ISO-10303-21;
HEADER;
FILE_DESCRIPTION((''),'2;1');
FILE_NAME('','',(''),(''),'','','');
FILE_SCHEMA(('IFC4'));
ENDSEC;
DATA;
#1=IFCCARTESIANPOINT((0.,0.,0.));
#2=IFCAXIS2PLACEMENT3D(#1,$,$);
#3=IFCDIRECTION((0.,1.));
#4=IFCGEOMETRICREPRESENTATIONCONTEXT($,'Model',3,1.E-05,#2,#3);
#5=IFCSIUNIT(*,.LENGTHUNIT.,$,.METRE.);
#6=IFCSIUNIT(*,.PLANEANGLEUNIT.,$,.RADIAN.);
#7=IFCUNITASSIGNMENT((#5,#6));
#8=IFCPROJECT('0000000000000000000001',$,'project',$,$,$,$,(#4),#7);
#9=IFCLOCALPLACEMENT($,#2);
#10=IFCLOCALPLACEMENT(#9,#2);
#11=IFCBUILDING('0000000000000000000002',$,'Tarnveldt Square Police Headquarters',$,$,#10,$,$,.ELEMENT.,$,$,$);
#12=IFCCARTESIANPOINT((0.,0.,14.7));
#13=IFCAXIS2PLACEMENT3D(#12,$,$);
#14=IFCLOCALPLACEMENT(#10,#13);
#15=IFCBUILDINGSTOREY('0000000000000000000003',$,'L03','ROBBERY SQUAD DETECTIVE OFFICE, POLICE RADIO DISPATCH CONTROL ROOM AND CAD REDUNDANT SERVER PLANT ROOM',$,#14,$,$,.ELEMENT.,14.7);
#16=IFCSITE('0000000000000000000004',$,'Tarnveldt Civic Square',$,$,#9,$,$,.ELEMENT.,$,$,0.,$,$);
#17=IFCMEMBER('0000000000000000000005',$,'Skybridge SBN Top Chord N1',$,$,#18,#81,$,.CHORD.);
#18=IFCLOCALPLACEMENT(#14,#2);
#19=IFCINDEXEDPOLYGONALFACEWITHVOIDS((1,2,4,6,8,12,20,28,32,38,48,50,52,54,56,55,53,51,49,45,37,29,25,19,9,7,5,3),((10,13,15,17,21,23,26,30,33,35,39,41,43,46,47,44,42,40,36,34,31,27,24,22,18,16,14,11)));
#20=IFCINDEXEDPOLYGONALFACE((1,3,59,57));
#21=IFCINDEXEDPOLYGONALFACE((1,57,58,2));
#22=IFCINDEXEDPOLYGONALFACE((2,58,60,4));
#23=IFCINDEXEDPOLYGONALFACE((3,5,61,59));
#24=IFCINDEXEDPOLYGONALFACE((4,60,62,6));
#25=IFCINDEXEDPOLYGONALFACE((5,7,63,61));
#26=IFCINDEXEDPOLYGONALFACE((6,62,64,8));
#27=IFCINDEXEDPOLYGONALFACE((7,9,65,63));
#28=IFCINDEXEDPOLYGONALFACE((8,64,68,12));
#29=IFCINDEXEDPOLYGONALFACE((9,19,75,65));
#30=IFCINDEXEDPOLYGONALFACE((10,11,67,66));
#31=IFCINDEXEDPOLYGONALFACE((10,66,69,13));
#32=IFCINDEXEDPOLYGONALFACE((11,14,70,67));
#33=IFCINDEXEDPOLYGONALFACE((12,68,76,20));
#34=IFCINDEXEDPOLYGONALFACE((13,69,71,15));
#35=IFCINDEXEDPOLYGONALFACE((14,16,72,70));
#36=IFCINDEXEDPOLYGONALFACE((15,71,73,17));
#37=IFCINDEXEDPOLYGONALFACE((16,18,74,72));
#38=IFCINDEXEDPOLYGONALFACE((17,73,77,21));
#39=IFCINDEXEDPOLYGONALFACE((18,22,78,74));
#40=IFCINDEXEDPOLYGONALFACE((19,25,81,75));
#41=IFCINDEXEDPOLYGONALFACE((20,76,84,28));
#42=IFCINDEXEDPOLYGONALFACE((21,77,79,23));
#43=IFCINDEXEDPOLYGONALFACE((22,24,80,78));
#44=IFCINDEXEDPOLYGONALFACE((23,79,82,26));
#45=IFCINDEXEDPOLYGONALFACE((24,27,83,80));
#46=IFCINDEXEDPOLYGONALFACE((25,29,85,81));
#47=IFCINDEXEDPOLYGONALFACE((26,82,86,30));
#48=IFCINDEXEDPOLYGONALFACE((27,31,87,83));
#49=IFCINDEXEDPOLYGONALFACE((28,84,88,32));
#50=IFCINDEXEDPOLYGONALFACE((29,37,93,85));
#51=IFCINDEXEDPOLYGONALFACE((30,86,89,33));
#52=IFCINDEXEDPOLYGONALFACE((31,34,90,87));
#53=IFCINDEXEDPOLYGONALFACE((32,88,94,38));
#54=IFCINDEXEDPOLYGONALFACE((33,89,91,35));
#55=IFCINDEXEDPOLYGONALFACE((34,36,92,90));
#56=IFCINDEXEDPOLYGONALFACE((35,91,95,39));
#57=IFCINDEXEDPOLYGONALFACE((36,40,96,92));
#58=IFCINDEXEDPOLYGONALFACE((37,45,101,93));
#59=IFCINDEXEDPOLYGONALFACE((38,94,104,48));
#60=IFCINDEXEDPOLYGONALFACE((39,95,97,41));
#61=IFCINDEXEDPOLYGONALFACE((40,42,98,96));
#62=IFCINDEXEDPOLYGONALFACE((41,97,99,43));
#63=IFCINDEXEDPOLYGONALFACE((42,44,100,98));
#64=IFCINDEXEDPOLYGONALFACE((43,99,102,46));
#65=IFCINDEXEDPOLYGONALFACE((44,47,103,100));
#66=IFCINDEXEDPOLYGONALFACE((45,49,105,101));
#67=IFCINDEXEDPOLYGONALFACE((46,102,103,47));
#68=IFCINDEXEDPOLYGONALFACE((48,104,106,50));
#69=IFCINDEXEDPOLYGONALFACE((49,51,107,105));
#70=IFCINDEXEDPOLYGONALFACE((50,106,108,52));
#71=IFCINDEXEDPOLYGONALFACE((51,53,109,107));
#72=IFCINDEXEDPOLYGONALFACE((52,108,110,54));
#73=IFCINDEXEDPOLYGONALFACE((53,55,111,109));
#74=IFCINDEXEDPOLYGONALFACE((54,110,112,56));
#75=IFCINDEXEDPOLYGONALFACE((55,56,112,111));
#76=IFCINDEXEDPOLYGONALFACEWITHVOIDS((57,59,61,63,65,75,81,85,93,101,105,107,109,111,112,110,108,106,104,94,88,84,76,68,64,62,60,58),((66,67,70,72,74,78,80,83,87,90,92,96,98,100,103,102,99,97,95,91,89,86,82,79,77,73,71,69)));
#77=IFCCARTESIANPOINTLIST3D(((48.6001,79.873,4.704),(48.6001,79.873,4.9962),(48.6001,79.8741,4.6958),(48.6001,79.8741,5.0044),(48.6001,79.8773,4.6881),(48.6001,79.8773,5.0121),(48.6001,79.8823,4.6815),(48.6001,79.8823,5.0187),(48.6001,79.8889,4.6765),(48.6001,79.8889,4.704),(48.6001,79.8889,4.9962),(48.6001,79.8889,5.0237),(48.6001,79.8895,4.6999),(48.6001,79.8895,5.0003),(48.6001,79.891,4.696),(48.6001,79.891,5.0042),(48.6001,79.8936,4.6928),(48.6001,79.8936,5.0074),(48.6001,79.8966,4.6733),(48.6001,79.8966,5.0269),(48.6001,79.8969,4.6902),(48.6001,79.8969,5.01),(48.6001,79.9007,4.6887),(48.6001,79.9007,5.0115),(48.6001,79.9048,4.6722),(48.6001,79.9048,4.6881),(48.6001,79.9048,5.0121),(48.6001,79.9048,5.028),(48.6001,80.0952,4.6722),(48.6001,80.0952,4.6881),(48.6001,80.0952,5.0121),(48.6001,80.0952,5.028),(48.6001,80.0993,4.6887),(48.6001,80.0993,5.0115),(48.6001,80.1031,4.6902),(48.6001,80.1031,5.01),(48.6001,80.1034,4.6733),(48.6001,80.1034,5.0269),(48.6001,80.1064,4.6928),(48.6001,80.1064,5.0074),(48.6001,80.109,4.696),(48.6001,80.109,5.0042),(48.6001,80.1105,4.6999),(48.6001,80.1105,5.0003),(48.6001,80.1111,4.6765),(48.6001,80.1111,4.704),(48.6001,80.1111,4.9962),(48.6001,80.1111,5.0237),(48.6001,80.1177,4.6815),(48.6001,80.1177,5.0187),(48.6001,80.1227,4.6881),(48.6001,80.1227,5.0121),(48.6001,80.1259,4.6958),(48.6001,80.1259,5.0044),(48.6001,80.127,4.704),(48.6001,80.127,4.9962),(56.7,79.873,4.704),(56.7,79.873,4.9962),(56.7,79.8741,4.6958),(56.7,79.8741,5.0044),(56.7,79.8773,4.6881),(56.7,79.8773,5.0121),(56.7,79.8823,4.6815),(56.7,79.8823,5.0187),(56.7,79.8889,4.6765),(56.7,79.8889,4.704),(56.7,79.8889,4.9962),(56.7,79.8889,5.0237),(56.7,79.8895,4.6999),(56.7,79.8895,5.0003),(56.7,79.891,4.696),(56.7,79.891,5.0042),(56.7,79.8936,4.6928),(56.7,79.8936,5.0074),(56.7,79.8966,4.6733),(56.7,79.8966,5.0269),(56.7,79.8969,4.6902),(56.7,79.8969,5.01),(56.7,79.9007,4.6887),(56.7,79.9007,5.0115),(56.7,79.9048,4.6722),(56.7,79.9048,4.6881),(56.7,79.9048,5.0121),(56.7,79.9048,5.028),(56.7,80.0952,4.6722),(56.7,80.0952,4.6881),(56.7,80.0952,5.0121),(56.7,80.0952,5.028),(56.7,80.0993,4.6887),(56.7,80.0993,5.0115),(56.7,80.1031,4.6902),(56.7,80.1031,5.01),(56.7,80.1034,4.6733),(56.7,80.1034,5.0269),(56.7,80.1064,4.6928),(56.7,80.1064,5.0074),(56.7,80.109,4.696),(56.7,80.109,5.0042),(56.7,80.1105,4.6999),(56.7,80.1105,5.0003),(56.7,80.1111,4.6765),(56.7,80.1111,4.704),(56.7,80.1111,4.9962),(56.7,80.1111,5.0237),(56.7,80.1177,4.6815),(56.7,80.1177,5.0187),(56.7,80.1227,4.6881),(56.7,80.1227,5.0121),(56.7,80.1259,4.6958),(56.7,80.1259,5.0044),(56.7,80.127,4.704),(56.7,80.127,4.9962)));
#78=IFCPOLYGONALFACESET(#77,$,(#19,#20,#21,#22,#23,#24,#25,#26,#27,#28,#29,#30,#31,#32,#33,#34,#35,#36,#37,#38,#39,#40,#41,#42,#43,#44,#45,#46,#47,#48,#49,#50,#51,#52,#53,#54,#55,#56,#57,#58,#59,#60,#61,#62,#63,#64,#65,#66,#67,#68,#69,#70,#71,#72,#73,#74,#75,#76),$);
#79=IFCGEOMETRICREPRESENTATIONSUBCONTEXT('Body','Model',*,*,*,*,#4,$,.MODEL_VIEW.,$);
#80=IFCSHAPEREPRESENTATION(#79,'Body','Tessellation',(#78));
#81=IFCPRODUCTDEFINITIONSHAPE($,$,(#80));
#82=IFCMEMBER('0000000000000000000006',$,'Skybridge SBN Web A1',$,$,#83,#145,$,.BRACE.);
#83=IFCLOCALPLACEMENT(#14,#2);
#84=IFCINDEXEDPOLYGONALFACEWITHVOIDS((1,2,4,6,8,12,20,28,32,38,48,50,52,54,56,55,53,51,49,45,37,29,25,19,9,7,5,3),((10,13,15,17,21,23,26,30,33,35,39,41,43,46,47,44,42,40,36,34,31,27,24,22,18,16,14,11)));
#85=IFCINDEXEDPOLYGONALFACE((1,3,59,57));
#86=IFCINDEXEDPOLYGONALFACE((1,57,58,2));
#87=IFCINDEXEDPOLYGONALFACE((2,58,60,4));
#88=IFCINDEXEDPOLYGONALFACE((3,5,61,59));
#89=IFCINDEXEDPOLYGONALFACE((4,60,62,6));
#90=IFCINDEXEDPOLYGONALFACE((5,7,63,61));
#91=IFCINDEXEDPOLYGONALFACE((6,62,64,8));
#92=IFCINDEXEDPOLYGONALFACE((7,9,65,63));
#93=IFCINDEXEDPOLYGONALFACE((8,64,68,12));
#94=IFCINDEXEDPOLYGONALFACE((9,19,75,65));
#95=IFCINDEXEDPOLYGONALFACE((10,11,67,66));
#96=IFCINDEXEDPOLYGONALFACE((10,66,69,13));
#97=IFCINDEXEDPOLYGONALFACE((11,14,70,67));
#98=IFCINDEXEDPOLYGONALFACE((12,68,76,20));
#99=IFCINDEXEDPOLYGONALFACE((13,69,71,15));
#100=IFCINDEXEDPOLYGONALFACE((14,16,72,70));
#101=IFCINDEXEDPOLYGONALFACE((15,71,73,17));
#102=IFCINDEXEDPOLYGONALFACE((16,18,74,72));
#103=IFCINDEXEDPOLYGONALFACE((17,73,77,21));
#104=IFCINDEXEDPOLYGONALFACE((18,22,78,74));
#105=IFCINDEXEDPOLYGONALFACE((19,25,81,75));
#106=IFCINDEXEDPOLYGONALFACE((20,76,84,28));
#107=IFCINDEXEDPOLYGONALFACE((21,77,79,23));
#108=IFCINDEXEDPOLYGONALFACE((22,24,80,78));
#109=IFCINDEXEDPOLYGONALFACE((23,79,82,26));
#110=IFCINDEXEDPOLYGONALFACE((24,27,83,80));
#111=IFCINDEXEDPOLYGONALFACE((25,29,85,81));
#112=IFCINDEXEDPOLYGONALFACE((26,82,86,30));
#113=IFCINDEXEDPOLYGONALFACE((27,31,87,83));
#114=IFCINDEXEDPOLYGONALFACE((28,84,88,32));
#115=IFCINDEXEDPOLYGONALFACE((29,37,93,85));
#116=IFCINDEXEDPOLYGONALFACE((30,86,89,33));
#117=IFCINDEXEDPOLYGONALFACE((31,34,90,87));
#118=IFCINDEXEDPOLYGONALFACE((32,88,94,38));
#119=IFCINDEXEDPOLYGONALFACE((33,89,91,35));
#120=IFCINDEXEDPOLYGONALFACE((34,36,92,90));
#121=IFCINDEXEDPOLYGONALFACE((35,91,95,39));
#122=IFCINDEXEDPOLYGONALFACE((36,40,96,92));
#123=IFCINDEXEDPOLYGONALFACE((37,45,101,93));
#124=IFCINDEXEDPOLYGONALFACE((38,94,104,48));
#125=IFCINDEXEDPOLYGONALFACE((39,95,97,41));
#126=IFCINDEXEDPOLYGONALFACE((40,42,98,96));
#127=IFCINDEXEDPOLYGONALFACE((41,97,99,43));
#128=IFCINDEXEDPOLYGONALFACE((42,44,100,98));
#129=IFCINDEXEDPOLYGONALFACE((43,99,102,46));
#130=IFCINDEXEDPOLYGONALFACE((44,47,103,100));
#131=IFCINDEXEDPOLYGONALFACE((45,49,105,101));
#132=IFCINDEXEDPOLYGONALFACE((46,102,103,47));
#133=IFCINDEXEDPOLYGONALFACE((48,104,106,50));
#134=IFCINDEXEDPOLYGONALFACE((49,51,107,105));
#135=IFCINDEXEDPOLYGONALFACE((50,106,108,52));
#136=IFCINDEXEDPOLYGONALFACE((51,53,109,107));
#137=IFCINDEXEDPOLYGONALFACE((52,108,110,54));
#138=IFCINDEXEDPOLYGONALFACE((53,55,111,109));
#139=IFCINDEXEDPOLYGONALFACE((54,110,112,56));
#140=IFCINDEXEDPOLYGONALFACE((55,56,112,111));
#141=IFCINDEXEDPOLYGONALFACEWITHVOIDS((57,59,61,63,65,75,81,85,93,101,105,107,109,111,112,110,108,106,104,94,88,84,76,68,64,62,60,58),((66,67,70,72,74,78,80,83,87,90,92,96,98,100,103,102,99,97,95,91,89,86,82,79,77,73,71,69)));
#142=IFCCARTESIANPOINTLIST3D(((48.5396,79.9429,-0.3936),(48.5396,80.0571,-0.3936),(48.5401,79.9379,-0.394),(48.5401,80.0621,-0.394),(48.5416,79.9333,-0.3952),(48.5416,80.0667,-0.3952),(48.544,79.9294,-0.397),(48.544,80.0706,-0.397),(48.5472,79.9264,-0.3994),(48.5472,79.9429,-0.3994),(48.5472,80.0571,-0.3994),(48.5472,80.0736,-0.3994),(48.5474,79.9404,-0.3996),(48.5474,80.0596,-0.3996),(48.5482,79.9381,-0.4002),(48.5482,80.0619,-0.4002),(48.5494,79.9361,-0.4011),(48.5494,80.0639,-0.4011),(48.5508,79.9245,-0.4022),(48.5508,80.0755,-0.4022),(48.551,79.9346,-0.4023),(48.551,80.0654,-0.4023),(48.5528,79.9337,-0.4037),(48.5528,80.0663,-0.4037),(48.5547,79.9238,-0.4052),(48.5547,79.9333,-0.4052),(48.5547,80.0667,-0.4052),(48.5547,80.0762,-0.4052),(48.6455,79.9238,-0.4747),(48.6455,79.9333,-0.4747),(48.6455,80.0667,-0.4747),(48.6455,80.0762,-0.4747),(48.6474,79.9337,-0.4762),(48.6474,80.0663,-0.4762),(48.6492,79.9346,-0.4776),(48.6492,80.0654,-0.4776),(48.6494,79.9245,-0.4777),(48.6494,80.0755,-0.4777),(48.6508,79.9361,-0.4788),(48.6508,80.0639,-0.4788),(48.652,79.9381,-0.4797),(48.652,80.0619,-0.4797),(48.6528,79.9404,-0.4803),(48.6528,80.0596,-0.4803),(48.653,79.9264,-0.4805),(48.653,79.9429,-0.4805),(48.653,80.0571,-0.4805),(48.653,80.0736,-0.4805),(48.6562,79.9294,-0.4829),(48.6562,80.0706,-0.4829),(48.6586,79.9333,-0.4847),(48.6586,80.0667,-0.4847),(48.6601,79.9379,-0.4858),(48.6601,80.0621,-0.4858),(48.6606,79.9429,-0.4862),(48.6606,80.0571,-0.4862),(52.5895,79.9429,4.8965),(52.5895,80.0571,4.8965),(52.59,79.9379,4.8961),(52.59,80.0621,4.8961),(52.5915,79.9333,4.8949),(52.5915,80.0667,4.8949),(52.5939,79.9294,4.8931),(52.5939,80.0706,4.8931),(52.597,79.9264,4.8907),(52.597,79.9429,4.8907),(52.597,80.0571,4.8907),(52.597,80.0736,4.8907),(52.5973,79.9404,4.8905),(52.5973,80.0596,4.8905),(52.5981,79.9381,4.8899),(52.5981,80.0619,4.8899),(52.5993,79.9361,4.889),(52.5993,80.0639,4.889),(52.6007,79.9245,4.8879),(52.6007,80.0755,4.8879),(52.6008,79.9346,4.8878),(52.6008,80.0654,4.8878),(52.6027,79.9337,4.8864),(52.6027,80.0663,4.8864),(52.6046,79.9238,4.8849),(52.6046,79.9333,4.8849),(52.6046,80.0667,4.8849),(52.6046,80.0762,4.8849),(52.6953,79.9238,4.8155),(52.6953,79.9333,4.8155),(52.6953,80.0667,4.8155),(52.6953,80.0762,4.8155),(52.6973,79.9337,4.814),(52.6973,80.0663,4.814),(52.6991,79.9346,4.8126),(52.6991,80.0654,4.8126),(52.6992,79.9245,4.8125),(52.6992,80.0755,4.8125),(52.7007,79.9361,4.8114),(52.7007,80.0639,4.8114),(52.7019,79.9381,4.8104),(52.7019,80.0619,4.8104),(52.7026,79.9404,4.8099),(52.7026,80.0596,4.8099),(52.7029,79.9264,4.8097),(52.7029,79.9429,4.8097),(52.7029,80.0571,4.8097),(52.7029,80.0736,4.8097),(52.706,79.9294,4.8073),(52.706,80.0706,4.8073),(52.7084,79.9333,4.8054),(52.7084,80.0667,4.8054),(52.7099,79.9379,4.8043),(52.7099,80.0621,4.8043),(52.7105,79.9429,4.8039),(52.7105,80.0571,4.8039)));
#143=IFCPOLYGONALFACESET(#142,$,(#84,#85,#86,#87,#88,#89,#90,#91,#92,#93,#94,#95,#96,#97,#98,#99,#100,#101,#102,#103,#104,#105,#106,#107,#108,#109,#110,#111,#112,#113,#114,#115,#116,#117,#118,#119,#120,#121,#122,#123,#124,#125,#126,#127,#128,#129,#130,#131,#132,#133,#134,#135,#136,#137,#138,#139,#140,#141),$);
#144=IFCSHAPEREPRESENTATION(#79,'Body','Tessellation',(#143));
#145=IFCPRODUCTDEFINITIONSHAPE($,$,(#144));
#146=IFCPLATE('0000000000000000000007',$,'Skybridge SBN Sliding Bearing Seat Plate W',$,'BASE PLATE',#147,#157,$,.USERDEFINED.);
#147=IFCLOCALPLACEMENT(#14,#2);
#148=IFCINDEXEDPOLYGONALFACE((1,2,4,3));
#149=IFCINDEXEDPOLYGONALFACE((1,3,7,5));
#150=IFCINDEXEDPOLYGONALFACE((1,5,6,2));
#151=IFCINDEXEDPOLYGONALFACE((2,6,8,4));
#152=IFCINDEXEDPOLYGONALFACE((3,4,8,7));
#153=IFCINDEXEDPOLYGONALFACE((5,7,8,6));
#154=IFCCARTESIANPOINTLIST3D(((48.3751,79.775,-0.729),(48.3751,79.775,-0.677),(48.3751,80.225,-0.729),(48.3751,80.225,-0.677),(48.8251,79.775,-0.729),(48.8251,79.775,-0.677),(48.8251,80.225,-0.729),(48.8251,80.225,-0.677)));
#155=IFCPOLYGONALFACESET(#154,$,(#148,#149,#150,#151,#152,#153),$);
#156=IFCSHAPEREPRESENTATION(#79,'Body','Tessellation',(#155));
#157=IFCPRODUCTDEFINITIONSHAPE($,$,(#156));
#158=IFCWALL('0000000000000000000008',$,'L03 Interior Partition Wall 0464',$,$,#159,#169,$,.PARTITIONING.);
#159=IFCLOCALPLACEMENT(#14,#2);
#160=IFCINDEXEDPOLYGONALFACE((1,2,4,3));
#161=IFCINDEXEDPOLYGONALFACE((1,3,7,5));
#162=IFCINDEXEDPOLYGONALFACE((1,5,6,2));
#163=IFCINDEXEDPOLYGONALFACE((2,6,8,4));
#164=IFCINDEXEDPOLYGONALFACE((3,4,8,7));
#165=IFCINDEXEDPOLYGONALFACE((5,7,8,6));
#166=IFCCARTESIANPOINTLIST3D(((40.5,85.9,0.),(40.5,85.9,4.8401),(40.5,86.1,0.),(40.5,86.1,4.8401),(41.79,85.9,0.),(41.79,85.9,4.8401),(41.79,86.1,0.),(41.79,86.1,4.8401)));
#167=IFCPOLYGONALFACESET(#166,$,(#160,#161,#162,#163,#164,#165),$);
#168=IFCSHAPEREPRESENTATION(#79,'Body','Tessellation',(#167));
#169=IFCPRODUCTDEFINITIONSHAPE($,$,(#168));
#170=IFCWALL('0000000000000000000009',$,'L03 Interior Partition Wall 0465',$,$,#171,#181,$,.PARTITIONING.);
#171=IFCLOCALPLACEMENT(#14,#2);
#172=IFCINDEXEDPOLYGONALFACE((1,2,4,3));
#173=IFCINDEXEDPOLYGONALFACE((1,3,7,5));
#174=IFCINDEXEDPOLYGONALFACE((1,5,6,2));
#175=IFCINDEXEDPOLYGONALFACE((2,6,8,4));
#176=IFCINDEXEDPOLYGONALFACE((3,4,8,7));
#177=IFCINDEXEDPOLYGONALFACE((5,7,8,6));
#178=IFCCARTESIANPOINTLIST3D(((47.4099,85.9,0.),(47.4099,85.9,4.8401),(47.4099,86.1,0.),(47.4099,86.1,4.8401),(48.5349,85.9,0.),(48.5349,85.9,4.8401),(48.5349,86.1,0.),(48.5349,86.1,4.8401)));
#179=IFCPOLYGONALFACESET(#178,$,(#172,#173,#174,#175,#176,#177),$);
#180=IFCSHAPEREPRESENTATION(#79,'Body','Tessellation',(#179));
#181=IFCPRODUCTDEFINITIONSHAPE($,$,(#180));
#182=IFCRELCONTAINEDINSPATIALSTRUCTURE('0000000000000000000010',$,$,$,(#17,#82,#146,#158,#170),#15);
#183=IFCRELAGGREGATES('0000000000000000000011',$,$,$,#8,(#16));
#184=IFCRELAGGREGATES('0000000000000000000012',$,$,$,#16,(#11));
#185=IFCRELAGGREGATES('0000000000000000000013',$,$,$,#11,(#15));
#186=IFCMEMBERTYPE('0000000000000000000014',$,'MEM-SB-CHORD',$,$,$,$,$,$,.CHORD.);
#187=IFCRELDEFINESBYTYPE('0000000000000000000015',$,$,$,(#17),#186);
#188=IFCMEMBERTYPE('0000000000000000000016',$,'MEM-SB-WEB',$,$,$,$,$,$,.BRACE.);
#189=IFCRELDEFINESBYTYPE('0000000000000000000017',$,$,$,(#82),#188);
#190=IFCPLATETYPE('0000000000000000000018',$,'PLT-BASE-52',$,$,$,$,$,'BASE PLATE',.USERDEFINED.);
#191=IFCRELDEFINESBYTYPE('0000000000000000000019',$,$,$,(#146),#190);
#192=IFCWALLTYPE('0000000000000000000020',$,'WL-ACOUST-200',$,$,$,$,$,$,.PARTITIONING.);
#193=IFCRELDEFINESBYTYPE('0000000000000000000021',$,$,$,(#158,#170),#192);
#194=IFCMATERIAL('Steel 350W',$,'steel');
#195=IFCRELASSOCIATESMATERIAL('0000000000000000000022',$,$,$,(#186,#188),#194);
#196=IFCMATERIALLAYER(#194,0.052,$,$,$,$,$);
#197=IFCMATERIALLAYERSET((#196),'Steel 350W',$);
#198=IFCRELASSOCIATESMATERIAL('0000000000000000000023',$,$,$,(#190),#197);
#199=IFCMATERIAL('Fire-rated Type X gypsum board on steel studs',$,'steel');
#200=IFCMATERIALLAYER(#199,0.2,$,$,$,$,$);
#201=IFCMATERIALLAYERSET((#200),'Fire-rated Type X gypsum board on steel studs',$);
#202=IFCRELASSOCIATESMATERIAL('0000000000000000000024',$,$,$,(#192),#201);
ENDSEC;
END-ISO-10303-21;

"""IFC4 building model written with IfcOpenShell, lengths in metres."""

from ifc_helpers import new_model, si_unit, direction, frame, frame_2d, origin, origin_2d, place, context, subcontext, project, spatial, rectangle, hollow_rectangle, extrude, material, layer, layer_set, material_profile, profile_set, type_object, element, save


model = new_model("IFC4")

# Units and contexts
model_context = context("Model", 3, precision=1e-05, world=origin(), true_north=direction((0.0, 1.0)))
body_context = subcontext(model_context, "Body", "Model", "MODEL_VIEW")
ifc_project = project(units=[si_unit("LENGTHUNIT", "METRE"), si_unit("PLANEANGLEUNIT", "RADIAN")], contexts=[model_context])

# Site, building, storey
site_placement = place(None, origin())
site = spatial("IfcSite", under=ifc_project, at=site_placement, Name="Tarnveldt Civic Square", CompositionType="ELEMENT", RefElevation=0.0)
building_placement = place(site_placement, origin())
building = spatial("IfcBuilding", under=site, at=building_placement, Name="Tarnveldt Square Police Headquarters", CompositionType="ELEMENT")
storey_placement = place(building_placement, frame((0.0, 0.0, 14.7)))
storey = spatial("IfcBuildingStorey", under=building, at=storey_placement, Name="L03", Description="ROBBERY SQUAD DETECTIVE OFFICE, POLICE RADIO DISPATCH CONTROL ROOM AND CAD REDUNDANT SERVER PLANT ROOM", CompositionType="ELEMENT", Elevation=14.7)

# Shared definitions
ifc_material_1 = material(Name="Steel 350W", Category="steel")

# Members
ifc_material_profile_1 = material_profile(ifc_material_1, hollow_rectangle(XDim=0.2539, YDim=0.3557, WallThickness=0.0159, InnerFilletRadius=0.0159, OuterFilletRadius=0.0317, at=origin_2d()), Name="HSS356x254x16")
ifc_profile_set_1 = profile_set([ifc_material_profile_1], Name="Steel 350W")
member_type_1 = type_object("IfcMemberType", Name="MEM-SB-CHORD", PredefinedType="CHORD", material=ifc_profile_set_1)
for number, where, z_axis, x_axis, name in (
    (1, (48.6001, 80.0, 4.8501), (1.0, 0.0, 0.0), (0.0, 1.0, 0.0), "Skybridge SBN Top Chord N1"),
):
    element("IfcMember", number, at=place(storey_placement, frame(where, z_axis=z_axis, x_axis=x_axis)), inside=storey, type_object=member_type_1, Name=name, PredefinedType="CHORD", context=body_context, shape_type="SweptSolid", body=[
        extrude(hollow_rectangle(XDim=0.2539, YDim=0.3557, WallThickness=0.0159, InnerFilletRadius=0.0159, OuterFilletRadius=0.0317, at=origin_2d()), origin(), (0.0, 0.0, 1.0), 8.0999),
    ])
ifc_material_profile_2 = material_profile(ifc_material_1, hollow_rectangle(XDim=0.1523, YDim=0.1523, WallThickness=0.0095, InnerFilletRadius=0.0095, OuterFilletRadius=0.019, at=origin_2d()), Name="HSS152x152x9.5")
ifc_profile_set_2 = profile_set([ifc_material_profile_2], Name="Steel 350W")
member_type_2 = type_object("IfcMemberType", Name="MEM-SB-WEB", PredefinedType="BRACE", material=ifc_profile_set_2)
member_1_placement = place(storey_placement, frame((48.6001, 80.0, -0.4399), z_axis=(0.607874, 0.0, 0.794033), x_axis=(0.0, 1.0, 0.0)))
element("IfcMember", 2, at=member_1_placement, inside=storey, type_object=member_type_2, Name="Skybridge SBN Web A1", PredefinedType="BRACE", context=body_context, shape_type="SweptSolid", body=[
    extrude(hollow_rectangle(XDim=0.1523, YDim=0.1523, WallThickness=0.0095, InnerFilletRadius=0.0095, OuterFilletRadius=0.019, at=origin_2d()), origin(), (0.0, 0.0, 1.0), 6.6624),
])

# Plate
ifc_layer_1 = layer(ifc_material_1, 0.052)
ifc_layer_set_1 = layer_set([ifc_layer_1], Name="Steel 350W")
plate_type = type_object("IfcPlateType", Name="PLT-BASE-52", ElementType="BASE PLATE", PredefinedType="USERDEFINED", material=ifc_layer_set_1)
plate_placement = place(storey_placement, frame((48.6001, 80.0, -0.729), z_axis=(0.0, 0.0, 1.0), x_axis=(1.0, 0.0, 0.0)))
element("IfcPlate", 3, at=plate_placement, inside=storey, type_object=plate_type, Name="Skybridge SBN Sliding Bearing Seat Plate W", ObjectType="BASE PLATE", PredefinedType="USERDEFINED", context=body_context, shape_type="SweptSolid", body=[
    extrude(rectangle(XDim=0.45, YDim=0.45, at=origin_2d()), origin(), (0.0, 0.0, 1.0), 0.052),
])

# Walls
ifc_material_2 = material(Name="Fire-rated Type X gypsum board on steel studs", Category="steel")
ifc_layer_2 = layer(ifc_material_2, 0.2)
ifc_layer_set_2 = layer_set([ifc_layer_2], Name="Fire-rated Type X gypsum board on steel studs")
wall_type_1 = type_object("IfcWallType", Name="WL-ACOUST-200", PredefinedType="PARTITIONING", material=ifc_layer_set_2)
wall_1_placement = place(storey_placement, frame((40.5, 86.0, 0.0), z_axis=(0.0, 0.0, 1.0), x_axis=(1.0, 0.0, 0.0)))
element("IfcWall", 4, at=wall_1_placement, inside=storey, type_object=wall_type_1, Name="L03 Interior Partition Wall 0464", PredefinedType="PARTITIONING", context=body_context, shape_type="SweptSolid", body=[
    extrude(rectangle(XDim=1.29, YDim=0.2, at=frame_2d((0.645, 0.0))), origin(), (0.0, 0.0, 1.0), 4.8401),
])
wall_2_placement = place(storey_placement, frame((47.4099, 86.0, 0.0), z_axis=(0.0, 0.0, 1.0), x_axis=(1.0, 0.0, 0.0)))
element("IfcWall", 5, at=wall_2_placement, inside=storey, type_object=wall_type_1, Name="L03 Interior Partition Wall 0465", PredefinedType="PARTITIONING", context=body_context, shape_type="SweptSolid", body=[
    extrude(rectangle(XDim=1.125, YDim=0.2, at=frame_2d((0.5625, 0.0))), origin(), (0.0, 0.0, 1.0), 4.8401),
])

save(model, "model.ifc")
